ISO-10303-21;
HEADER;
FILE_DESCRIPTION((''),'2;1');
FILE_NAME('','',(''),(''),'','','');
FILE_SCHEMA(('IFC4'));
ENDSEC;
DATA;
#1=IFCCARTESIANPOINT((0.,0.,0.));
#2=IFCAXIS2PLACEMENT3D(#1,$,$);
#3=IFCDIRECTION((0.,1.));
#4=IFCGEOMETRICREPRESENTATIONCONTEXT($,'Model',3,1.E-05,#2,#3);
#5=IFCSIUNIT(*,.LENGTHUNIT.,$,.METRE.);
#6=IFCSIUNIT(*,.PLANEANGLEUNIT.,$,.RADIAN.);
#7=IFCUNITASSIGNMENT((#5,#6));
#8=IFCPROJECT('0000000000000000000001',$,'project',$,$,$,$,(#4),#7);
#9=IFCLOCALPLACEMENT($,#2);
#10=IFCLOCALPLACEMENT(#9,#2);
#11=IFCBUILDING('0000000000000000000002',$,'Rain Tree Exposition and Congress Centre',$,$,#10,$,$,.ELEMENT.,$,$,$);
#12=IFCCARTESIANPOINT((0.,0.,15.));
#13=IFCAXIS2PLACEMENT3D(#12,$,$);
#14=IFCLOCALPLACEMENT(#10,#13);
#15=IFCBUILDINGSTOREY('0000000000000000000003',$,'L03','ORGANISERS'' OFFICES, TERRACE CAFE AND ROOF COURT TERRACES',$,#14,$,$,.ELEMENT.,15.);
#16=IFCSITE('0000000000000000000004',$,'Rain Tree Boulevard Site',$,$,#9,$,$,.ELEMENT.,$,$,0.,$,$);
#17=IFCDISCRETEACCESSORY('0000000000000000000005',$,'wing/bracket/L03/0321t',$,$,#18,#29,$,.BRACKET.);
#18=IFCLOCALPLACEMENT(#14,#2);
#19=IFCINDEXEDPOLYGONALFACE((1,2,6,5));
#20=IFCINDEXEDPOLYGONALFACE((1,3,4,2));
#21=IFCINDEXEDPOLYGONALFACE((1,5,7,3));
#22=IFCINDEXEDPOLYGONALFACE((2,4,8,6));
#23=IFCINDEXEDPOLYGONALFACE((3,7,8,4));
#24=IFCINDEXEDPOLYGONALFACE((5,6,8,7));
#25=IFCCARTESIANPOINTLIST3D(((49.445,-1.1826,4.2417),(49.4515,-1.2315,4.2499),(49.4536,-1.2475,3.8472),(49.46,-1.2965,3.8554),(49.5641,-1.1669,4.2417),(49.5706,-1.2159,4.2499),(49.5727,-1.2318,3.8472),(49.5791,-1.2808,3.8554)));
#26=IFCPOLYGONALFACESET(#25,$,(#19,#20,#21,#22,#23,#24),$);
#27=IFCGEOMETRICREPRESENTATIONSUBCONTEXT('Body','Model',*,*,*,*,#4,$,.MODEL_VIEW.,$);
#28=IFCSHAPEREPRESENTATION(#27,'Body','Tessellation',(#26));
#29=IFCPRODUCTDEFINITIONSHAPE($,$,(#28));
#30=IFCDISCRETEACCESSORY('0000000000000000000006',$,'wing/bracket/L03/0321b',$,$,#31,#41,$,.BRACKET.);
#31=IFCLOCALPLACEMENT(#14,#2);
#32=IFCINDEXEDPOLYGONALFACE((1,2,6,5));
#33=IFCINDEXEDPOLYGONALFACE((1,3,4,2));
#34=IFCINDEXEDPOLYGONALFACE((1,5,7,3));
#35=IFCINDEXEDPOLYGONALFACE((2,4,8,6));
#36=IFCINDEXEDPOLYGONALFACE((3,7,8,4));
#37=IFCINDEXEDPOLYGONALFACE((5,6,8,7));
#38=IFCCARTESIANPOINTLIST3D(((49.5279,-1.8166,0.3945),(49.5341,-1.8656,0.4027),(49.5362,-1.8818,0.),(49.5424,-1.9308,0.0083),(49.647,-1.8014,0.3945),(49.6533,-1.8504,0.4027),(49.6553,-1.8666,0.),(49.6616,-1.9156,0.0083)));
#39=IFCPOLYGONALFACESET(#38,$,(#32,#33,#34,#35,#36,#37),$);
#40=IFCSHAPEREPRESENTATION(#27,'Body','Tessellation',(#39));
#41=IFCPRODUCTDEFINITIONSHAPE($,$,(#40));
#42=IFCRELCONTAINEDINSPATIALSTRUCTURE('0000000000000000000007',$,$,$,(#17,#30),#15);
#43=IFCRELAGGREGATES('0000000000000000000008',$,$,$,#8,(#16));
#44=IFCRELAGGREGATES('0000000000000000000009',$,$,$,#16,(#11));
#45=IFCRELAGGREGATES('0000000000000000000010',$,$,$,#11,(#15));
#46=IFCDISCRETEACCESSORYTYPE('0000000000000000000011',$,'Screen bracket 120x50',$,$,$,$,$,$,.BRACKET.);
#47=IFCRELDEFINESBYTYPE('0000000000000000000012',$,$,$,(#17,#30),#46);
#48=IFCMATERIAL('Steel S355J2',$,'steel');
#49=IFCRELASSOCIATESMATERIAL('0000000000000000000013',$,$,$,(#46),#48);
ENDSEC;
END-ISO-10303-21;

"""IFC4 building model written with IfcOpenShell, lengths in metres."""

from ifc_helpers import new_model, si_unit, direction, frame, origin, origin_2d, place, context, subcontext, project, spatial, rectangle, extrude, material, material_profile, profile_set, type_object, element, save


model = new_model("IFC4")

# Units and contexts
model_context = context("Model", 3, precision=1e-05, world=origin(), true_north=direction((0.0, 1.0)))
body_context = subcontext(model_context, "Body", "Model", "MODEL_VIEW")
ifc_project = project(units=[si_unit("LENGTHUNIT", "METRE"), si_unit("PLANEANGLEUNIT", "RADIAN")], contexts=[model_context])

# Site, building, storey
site_placement = place(None, origin())
site = spatial("IfcSite", under=ifc_project, at=site_placement, Name="Rain Tree Boulevard Site", CompositionType="ELEMENT", RefElevation=0.0)
building_placement = place(site_placement, origin())
building = spatial("IfcBuilding", under=site, at=building_placement, Name="Rain Tree Exposition and Congress Centre", CompositionType="ELEMENT")
storey_placement = place(building_placement, frame((0.0, 0.0, 15.0)))
storey = spatial("IfcBuildingStorey", under=building, at=storey_placement, Name="L03", Description="ORGANISERS' OFFICES, TERRACE CAFE AND ROOF COURT TERRACES", CompositionType="ELEMENT", Elevation=15.0)

# Discrete accessories
ifc_material_1 = material(Name="Steel S355J2", Category="steel")
ifc_material_profile_1 = material_profile(ifc_material_1, rectangle(XDim=0.1201, YDim=0.05, at=origin_2d()), Name="Flat bar 120x50")
ifc_profile_set_1 = profile_set([ifc_material_profile_1], Name="Steel S355J2")
discrete_accessory_type = type_object("IfcDiscreteAccessoryType", Name="Screen bracket 120x50", PredefinedType="BRACKET", material=ifc_profile_set_1)
for number, where, z_axis, x_axis, name in (
    (1, (49.5164, -1.2642, 3.8513), (-0.021366, 0.162381, 0.986497), (-0.991454, -0.130455, 0.0), "wing/bracket/L03/0321t"),
    (2, (49.5989, -1.8987, 0.0042), (-0.020754, 0.162978, 0.986411), (-0.991989, -0.126321, 0.0), "wing/bracket/L03/0321b"),
):
    element("IfcDiscreteAccessory", number, at=place(storey_placement, frame(where, z_axis=z_axis, x_axis=x_axis)), inside=storey, type_object=discrete_accessory_type, Name=name, PredefinedType="BRACKET", context=body_context, shape_type="SweptSolid", body=[
        extrude(rectangle(XDim=0.1201, YDim=0.05, at=origin_2d()), origin(), (0.0, 0.0, 1.0), 0.3999),
    ])

save(model, "model.ifc")
